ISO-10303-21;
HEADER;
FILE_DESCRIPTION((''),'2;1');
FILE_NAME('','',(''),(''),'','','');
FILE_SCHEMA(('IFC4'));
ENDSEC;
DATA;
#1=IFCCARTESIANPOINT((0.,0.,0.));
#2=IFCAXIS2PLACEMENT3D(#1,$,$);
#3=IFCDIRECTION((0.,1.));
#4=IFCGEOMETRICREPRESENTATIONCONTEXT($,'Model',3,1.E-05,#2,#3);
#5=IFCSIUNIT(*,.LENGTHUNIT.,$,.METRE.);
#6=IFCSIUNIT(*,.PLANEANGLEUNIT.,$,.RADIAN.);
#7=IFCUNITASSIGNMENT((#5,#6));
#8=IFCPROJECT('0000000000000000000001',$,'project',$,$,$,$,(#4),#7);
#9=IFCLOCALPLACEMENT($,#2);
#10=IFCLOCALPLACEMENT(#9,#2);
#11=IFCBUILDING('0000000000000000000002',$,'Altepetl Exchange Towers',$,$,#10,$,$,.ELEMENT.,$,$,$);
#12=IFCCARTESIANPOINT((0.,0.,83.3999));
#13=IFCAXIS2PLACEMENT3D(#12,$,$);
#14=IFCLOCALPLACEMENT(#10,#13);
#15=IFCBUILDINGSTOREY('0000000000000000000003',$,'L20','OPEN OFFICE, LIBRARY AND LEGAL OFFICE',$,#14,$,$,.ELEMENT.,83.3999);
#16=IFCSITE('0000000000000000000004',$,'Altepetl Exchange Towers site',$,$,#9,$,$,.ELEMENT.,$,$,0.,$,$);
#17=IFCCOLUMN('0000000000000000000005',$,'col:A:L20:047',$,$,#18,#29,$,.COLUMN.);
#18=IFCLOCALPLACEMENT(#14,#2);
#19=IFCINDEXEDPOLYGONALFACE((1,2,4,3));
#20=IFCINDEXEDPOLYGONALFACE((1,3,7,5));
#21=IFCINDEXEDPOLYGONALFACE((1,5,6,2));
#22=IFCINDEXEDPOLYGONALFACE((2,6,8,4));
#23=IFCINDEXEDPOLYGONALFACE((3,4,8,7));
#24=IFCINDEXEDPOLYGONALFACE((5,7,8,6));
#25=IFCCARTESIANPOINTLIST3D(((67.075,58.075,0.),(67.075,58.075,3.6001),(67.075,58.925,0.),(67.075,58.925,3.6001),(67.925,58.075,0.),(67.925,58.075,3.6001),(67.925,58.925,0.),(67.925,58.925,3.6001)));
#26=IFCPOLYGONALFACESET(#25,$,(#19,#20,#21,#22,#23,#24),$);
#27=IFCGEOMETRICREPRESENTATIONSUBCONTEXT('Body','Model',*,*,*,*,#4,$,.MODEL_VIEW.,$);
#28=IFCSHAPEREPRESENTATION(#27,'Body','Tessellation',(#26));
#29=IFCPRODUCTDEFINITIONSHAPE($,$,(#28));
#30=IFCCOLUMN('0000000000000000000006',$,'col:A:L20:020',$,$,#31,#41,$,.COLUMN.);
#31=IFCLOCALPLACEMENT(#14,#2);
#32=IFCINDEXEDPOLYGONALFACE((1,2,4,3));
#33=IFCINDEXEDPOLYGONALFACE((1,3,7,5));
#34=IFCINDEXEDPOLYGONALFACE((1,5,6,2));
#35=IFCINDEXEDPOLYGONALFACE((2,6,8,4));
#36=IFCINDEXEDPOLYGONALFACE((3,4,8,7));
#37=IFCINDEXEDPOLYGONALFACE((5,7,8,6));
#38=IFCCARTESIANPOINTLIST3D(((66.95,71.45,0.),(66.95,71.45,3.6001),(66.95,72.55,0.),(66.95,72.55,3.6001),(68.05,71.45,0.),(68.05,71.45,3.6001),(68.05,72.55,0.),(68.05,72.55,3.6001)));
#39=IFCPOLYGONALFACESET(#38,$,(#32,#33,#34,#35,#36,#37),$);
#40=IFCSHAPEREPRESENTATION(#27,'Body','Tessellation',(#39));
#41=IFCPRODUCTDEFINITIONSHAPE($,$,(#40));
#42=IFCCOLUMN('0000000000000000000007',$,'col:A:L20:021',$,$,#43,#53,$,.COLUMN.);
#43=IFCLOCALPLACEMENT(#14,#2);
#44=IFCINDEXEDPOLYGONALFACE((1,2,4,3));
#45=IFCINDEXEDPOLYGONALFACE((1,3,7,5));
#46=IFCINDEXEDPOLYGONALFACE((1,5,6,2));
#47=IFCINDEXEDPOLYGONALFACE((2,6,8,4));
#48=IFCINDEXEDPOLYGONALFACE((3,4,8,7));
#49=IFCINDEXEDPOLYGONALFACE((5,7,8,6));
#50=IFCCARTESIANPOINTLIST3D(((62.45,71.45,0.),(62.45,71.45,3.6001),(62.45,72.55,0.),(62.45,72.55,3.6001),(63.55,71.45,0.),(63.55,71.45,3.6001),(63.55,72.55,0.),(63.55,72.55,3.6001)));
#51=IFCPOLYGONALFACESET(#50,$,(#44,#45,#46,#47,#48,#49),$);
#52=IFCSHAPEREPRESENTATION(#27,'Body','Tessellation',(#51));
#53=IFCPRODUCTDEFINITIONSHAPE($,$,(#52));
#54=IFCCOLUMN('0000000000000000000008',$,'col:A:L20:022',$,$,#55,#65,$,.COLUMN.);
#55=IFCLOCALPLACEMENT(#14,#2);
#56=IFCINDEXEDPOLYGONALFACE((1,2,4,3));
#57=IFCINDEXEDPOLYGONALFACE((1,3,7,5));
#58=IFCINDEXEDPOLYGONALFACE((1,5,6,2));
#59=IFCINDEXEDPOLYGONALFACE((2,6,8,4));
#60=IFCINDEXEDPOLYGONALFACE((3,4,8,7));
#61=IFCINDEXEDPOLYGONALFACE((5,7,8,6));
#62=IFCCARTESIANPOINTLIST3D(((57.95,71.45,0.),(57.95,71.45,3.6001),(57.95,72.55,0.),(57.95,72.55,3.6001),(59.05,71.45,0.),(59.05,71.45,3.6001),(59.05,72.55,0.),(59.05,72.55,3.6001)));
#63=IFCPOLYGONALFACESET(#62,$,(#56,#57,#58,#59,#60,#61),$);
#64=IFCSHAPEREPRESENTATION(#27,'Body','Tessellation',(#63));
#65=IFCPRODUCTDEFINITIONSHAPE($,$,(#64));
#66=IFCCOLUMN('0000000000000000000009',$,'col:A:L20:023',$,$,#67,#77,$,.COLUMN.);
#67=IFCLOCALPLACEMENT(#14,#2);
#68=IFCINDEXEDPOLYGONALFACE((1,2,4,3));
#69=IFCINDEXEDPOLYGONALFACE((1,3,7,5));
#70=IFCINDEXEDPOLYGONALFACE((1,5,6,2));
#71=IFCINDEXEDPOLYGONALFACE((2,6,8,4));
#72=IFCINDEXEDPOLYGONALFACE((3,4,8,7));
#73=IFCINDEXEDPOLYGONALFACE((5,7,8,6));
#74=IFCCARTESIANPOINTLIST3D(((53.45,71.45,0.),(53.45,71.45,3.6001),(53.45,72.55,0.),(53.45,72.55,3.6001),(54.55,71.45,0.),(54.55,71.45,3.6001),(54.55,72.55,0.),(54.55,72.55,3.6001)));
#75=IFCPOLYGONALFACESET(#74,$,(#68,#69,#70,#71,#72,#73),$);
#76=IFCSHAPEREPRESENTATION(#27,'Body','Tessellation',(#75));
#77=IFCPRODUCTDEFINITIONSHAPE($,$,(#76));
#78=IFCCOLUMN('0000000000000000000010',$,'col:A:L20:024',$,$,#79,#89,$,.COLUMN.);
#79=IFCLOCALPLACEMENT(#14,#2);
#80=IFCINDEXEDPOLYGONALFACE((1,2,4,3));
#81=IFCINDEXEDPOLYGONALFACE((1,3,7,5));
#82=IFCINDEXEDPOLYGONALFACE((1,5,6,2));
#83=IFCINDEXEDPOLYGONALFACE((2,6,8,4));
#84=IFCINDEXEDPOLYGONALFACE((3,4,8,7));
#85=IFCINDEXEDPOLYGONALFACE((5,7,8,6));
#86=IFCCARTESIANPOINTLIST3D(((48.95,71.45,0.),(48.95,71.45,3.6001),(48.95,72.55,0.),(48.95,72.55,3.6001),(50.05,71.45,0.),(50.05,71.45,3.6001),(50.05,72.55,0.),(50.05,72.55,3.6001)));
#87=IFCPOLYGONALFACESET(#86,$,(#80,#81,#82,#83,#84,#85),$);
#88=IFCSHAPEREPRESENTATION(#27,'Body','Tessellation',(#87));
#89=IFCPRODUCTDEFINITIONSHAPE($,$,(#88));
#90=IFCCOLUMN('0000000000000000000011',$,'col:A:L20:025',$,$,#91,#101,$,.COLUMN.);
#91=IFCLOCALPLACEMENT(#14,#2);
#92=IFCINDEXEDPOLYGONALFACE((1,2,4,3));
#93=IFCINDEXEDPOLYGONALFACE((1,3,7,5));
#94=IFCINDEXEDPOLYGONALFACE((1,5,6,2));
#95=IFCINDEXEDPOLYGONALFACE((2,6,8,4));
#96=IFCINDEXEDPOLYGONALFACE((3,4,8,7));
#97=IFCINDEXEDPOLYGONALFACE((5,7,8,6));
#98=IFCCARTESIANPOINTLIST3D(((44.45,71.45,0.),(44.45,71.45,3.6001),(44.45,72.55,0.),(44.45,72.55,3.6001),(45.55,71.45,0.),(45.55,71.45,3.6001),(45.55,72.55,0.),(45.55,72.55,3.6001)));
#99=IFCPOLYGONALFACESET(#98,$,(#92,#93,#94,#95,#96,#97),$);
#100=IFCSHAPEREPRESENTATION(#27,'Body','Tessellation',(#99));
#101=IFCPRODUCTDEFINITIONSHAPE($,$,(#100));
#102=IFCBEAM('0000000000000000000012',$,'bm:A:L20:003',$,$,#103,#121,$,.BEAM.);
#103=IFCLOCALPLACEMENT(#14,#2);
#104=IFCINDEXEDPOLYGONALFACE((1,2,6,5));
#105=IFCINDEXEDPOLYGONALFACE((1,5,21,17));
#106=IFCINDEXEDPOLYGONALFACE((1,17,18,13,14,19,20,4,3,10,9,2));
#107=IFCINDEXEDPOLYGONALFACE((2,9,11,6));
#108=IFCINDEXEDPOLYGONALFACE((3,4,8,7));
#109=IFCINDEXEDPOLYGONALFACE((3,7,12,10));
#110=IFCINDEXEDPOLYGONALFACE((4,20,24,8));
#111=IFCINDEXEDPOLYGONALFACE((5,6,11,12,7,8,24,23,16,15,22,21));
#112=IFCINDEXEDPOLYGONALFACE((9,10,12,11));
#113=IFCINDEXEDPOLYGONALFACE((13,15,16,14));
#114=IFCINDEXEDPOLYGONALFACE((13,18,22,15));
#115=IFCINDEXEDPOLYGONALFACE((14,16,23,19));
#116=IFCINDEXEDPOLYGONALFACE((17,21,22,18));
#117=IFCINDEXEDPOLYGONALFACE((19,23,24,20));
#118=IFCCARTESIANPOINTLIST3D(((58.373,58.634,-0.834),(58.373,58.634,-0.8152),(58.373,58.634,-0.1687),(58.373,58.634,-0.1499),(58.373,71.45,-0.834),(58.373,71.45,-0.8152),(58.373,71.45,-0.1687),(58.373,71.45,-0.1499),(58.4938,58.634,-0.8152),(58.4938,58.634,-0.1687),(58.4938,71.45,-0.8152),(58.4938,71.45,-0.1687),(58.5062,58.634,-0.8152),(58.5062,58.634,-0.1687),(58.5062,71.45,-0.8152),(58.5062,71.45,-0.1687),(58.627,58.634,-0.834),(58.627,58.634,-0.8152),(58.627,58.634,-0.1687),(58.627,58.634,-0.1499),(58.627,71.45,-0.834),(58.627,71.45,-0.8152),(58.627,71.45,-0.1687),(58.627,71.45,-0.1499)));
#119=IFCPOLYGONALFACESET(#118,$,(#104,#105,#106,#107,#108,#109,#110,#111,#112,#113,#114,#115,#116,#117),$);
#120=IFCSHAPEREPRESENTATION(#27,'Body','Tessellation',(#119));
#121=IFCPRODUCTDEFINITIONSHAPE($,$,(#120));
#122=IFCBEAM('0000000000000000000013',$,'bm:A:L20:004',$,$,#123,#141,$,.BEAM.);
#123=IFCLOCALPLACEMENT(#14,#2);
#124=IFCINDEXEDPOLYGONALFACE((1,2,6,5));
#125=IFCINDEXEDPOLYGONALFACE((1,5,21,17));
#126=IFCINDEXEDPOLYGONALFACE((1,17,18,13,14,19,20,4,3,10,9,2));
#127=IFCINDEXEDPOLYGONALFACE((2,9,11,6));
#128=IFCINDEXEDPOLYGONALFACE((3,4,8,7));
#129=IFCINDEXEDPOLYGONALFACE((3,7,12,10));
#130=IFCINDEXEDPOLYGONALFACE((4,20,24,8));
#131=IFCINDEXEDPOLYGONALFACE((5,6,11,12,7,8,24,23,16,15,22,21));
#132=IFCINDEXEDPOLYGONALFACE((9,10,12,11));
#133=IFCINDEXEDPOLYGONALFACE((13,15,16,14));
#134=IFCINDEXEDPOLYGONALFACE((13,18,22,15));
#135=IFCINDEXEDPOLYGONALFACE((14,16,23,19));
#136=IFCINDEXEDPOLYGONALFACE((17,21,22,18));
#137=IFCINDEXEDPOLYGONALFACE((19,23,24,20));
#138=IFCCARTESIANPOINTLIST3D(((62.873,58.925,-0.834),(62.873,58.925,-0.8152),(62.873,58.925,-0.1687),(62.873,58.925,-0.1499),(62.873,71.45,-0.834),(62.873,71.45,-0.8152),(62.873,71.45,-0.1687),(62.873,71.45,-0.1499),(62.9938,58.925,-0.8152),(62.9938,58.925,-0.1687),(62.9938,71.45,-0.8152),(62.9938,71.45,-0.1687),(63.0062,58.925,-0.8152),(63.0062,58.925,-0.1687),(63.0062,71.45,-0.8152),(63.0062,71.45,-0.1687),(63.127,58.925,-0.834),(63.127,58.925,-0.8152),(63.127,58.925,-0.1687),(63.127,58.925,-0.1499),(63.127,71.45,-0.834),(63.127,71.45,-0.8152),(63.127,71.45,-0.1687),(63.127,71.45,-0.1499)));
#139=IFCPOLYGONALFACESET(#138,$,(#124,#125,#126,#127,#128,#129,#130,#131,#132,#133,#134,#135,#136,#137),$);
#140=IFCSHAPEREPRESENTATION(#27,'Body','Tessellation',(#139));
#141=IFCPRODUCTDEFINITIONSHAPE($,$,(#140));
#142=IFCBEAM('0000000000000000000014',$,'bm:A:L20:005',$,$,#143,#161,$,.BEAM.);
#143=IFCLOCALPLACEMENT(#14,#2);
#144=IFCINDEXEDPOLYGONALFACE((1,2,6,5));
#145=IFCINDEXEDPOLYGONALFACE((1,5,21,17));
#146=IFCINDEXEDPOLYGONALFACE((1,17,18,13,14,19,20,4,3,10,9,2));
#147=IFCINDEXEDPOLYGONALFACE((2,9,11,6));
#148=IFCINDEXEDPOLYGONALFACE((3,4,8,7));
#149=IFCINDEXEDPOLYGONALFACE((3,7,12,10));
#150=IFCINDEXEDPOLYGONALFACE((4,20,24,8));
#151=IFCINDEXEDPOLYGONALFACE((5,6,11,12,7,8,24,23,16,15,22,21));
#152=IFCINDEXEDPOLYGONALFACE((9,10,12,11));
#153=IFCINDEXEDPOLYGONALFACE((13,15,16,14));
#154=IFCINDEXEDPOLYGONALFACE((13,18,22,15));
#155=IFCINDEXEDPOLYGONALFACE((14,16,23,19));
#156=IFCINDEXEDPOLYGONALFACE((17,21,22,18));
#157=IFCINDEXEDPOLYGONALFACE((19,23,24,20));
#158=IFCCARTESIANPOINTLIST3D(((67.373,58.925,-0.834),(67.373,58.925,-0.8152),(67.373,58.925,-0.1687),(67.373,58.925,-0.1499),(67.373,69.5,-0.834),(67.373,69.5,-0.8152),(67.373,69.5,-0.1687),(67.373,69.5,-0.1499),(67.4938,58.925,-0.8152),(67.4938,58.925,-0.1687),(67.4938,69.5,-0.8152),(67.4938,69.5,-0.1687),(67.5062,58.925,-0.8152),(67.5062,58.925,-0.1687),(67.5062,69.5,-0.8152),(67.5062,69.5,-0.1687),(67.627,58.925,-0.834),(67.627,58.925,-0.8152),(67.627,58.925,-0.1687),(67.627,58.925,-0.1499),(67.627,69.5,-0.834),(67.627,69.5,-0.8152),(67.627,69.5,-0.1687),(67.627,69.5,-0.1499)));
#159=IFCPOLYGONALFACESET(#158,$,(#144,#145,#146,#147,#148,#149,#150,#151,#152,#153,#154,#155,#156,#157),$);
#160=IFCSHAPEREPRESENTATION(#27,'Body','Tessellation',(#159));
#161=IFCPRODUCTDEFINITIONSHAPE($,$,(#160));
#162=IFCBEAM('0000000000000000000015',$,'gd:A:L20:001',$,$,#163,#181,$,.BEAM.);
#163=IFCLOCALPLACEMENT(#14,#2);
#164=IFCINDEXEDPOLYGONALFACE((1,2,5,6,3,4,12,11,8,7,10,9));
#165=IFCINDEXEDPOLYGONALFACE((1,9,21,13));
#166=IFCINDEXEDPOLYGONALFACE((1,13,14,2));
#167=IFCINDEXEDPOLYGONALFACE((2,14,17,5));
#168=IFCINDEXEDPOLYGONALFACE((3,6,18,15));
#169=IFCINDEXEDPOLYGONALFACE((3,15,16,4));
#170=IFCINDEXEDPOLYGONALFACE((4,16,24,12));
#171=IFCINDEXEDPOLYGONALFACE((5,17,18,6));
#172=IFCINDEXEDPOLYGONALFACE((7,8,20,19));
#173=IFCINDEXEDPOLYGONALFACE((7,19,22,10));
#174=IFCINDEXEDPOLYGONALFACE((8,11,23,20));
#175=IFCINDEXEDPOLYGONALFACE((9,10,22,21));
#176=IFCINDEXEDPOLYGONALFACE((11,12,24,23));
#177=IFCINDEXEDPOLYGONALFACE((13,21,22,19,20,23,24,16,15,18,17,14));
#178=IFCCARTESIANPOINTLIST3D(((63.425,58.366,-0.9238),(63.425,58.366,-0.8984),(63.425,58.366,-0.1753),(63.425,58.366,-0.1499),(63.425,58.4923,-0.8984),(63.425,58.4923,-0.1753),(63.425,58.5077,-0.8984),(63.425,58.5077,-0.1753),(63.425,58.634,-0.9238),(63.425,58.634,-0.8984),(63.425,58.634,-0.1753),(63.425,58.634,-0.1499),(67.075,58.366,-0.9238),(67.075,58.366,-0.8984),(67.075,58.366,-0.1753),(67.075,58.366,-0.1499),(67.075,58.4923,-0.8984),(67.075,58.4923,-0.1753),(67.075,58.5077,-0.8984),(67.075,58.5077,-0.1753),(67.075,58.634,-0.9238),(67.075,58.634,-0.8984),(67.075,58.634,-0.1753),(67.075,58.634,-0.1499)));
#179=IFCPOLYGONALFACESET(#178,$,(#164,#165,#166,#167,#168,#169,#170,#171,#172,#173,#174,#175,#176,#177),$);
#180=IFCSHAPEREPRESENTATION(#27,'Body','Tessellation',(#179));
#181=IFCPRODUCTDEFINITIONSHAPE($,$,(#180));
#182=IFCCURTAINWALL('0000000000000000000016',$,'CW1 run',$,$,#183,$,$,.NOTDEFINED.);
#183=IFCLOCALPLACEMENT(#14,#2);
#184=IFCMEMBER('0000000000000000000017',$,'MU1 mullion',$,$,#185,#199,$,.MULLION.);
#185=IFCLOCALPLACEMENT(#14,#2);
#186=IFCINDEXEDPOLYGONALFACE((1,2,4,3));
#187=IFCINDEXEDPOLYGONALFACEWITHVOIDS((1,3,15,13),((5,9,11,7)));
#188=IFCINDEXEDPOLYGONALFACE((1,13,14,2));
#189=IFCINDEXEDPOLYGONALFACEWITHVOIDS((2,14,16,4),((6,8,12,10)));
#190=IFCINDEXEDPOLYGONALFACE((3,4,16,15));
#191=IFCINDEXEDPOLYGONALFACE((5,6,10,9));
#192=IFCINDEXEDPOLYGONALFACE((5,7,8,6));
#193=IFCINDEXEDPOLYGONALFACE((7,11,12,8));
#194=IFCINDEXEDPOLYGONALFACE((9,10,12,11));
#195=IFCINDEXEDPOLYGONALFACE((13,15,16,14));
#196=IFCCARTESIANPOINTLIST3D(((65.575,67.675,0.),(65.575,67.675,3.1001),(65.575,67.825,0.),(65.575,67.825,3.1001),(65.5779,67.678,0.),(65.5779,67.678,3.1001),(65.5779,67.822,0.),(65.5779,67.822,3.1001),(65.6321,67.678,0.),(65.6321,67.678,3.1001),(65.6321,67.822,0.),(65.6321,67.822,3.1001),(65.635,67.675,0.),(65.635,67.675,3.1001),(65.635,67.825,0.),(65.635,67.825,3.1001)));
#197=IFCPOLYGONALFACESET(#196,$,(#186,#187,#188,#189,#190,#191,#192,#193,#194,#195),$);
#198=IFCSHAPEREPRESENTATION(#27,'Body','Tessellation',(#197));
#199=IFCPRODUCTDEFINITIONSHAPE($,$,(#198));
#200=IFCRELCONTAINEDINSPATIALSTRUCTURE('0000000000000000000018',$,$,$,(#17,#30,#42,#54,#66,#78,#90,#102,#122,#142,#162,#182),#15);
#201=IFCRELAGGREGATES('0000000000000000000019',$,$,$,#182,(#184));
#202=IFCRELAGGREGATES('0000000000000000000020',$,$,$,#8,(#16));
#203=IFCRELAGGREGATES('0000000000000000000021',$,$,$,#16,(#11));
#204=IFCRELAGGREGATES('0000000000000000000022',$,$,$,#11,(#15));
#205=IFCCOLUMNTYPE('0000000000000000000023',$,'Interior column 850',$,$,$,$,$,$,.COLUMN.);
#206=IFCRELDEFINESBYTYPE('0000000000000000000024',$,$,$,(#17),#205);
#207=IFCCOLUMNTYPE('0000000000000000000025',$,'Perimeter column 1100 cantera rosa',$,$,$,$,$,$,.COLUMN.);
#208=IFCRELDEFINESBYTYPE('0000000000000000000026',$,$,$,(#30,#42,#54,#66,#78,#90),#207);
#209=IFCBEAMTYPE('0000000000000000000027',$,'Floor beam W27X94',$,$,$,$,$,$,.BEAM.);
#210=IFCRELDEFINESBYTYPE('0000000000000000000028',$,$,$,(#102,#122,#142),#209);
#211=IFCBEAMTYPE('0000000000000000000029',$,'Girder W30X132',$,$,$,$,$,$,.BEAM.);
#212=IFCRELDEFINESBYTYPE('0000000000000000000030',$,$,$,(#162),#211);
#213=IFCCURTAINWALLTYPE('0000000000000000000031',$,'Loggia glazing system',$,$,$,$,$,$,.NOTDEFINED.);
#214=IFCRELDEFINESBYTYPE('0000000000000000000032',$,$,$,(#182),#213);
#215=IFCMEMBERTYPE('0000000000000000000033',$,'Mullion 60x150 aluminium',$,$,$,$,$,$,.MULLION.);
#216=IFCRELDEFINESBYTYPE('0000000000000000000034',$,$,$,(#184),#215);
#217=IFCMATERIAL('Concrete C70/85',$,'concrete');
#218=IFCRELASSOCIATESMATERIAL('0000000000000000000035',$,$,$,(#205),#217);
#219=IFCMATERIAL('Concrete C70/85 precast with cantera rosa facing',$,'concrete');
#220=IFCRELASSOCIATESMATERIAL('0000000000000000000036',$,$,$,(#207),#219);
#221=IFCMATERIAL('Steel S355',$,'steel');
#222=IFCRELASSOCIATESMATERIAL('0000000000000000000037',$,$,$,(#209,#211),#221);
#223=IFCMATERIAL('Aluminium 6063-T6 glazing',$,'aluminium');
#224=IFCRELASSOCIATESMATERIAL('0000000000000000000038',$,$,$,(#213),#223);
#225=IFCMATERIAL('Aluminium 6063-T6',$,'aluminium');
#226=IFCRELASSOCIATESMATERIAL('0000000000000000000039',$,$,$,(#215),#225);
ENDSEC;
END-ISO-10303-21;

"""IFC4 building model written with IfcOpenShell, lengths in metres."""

from ifc_helpers import new_model, si_unit, direction, frame, origin, origin_2d, place, context, subcontext, project, spatial, rectangle, hollow_rectangle, i_section, extrude, material, material_profile, profile_set, type_object, element, aggregate, save


model = new_model("IFC4")

# Units and contexts
model_context = context("Model", 3, precision=1e-05, world=origin(), true_north=direction((0.0, 1.0)))
body_context = subcontext(model_context, "Body", "Model", "MODEL_VIEW")
ifc_project = project(units=[si_unit("LENGTHUNIT", "METRE"), si_unit("PLANEANGLEUNIT", "RADIAN")], contexts=[model_context])

# Site, building, storey
site_placement = place(None, origin())
site = spatial("IfcSite", under=ifc_project, at=site_placement, Name="Altepetl Exchange Towers site", CompositionType="ELEMENT", RefElevation=0.0)
building_placement = place(site_placement, origin())
building = spatial("IfcBuilding", under=site, at=building_placement, Name="Altepetl Exchange Towers", CompositionType="ELEMENT")
storey_placement = place(building_placement, frame((0.0, 0.0, 83.3999)))
storey = spatial("IfcBuildingStorey", under=building, at=storey_placement, Name="L20", Description="OPEN OFFICE, LIBRARY AND LEGAL OFFICE", CompositionType="ELEMENT", Elevation=83.3999)

# Columns
ifc_material_1 = material(Name="Concrete C70/85", Category="concrete")
ifc_material_profile_1 = material_profile(ifc_material_1, rectangle(XDim=0.8501, YDim=0.8501, at=origin_2d()), Name="850 x 850")
ifc_profile_set_1 = profile_set([ifc_material_profile_1], Name="Concrete C70/85")
column_type_1 = type_object("IfcColumnType", Name="Interior column 850", PredefinedType="COLUMN", material=ifc_profile_set_1)
column_placement = place(storey_placement, frame((67.5, 58.5, 0.0)))
element("IfcColumn", 1, at=column_placement, inside=storey, type_object=column_type_1, Name="col:A:L20:047", PredefinedType="COLUMN", context=body_context, shape_type="SweptSolid", body=[
    extrude(rectangle(XDim=0.8501, YDim=0.8501, at=origin_2d()), origin(), (0.0, 0.0, 1.0), 3.6001),
])
ifc_material_2 = material(Name="Concrete C70/85 precast with cantera rosa facing", Category="concrete")
ifc_material_profile_2 = material_profile(ifc_material_2, rectangle(XDim=1.1001, YDim=1.1001, at=origin_2d()), Name="1100 x 1100")
ifc_profile_set_2 = profile_set([ifc_material_profile_2], Name="Concrete C70/85 precast with cantera rosa facing")
column_type_2 = type_object("IfcColumnType", Name="Perimeter column 1100 cantera rosa", PredefinedType="COLUMN", material=ifc_profile_set_2)
for number, where, name in (
    (2, (67.5, 72.0, 0.0), "col:A:L20:020"),
    (3, (63.0, 72.0, 0.0), "col:A:L20:021"),
    (4, (58.5, 72.0, 0.0), "col:A:L20:022"),
    (5, (54.0, 72.0, 0.0), "col:A:L20:023"),
    (6, (49.5, 72.0, 0.0), "col:A:L20:024"),
    (7, (45.0, 72.0, 0.0), "col:A:L20:025"),
):
    element("IfcColumn", number, at=place(storey_placement, frame(where)), inside=storey, type_object=column_type_2, Name=name, PredefinedType="COLUMN", context=body_context, shape_type="SweptSolid", body=[
        extrude(rectangle(XDim=1.1001, YDim=1.1001, at=origin_2d()), origin(), (0.0, 0.0, 1.0), 3.6001),
    ])

# Beams
ifc_material_3 = material(Name="Steel S355", Category="steel")
ifc_material_profile_3 = material_profile(ifc_material_3, i_section(OverallWidth=0.2539, OverallDepth=0.6841, WebThickness=0.0125, FlangeThickness=0.0188, at=origin_2d()), Name="W27X94")
ifc_profile_set_3 = profile_set([ifc_material_profile_3], Name="Steel S355")
beam_type_1 = type_object("IfcBeamType", Name="Floor beam W27X94", PredefinedType="BEAM", material=ifc_profile_set_3)
beam_1_placement = place(storey_placement, frame((58.5, 58.634, -0.4919), z_axis=(0.0, 1.0, 0.0), x_axis=(-1.0, 0.0, 0.0)))
element("IfcBeam", 8, at=beam_1_placement, inside=storey, type_object=beam_type_1, Name="bm:A:L20:003", PredefinedType="BEAM", context=body_context, shape_type="SweptSolid", body=[
    extrude(i_section(OverallWidth=0.2539, OverallDepth=0.6841, WebThickness=0.0125, FlangeThickness=0.0188, at=origin_2d()), origin(), (0.0, 0.0, 1.0), 12.8159),
])
beam_2_placement = place(storey_placement, frame((63.0, 58.925, -0.4919), z_axis=(0.0, 1.0, 0.0), x_axis=(-1.0, 0.0, 0.0)))
element("IfcBeam", 9, at=beam_2_placement, inside=storey, type_object=beam_type_1, Name="bm:A:L20:004", PredefinedType="BEAM", context=body_context, shape_type="SweptSolid", body=[
    extrude(i_section(OverallWidth=0.2539, OverallDepth=0.6841, WebThickness=0.0125, FlangeThickness=0.0188, at=origin_2d()), origin(), (0.0, 0.0, 1.0), 12.5249),
])
beam_3_placement = place(storey_placement, frame((67.5, 58.925, -0.4919), z_axis=(0.0, 1.0, 0.0), x_axis=(-1.0, 0.0, 0.0)))
element("IfcBeam", 10, at=beam_3_placement, inside=storey, type_object=beam_type_1, Name="bm:A:L20:005", PredefinedType="BEAM", context=body_context, shape_type="SweptSolid", body=[
    extrude(i_section(OverallWidth=0.2539, OverallDepth=0.6841, WebThickness=0.0125, FlangeThickness=0.0188, at=origin_2d()), origin(), (0.0, 0.0, 1.0), 10.575),
])
ifc_material_profile_4 = material_profile(ifc_material_3, i_section(OverallWidth=0.2681, OverallDepth=0.7739, WebThickness=0.0154, FlangeThickness=0.0254, at=origin_2d()), Name="W30X132")
ifc_profile_set_4 = profile_set([ifc_material_profile_4], Name="Steel S355")
beam_type_2 = type_object("IfcBeamType", Name="Girder W30X132", PredefinedType="BEAM", material=ifc_profile_set_4)
beam_4_placement = place(storey_placement, frame((63.425, 58.5, -0.5369), z_axis=(1.0, 0.0, 0.0), x_axis=(0.0, 1.0, 0.0)))
element("IfcBeam", 11, at=beam_4_placement, inside=storey, type_object=beam_type_2, Name="gd:A:L20:001", PredefinedType="BEAM", context=body_context, shape_type="SweptSolid", body=[
    extrude(i_section(OverallWidth=0.2681, OverallDepth=0.7739, WebThickness=0.0154, FlangeThickness=0.0254, at=origin_2d()), origin(), (0.0, 0.0, 1.0), 3.6499),
])

# Curtain wall, member
ifc_material_4 = material(Name="Aluminium 6063-T6 glazing", Category="aluminium")
curtain_wall_type = type_object("IfcCurtainWallType", Name="Loggia glazing system", PredefinedType="NOTDEFINED", material=ifc_material_4)
curtain_wall_1_placement = place(storey_placement, origin())
curtain_wall_1 = element("IfcCurtainWall", 12, at=curtain_wall_1_placement, inside=storey, type_object=curtain_wall_type, Name="CW1 run", PredefinedType="NOTDEFINED")
ifc_material_5 = material(Name="Aluminium 6063-T6", Category="aluminium")
ifc_material_profile_5 = material_profile(ifc_material_5, hollow_rectangle(XDim=0.0601, YDim=0.1499, WallThickness=0.0029, at=origin_2d()), Name="Mullion 60x150 aluminium")
ifc_profile_set_5 = profile_set([ifc_material_profile_5], Name="Aluminium 6063-T6")
member_type = type_object("IfcMemberType", Name="Mullion 60x150 aluminium", PredefinedType="MULLION", material=ifc_profile_set_5)
member_1_placement = place(storey_placement, frame((65.605, 67.75, 0.0), z_axis=(0.0, 0.0, 1.0), x_axis=(-1.0, 0.0, 0.0)))
member_1 = element("IfcMember", 13, at=member_1_placement, type_object=member_type, Name="MU1 mullion", PredefinedType="MULLION", context=body_context, shape_type="SweptSolid", body=[
    extrude(hollow_rectangle(XDim=0.0601, YDim=0.1499, WallThickness=0.0029, at=origin_2d()), origin(), (0.0, 0.0, 1.0), 3.1001),
])

aggregate(curtain_wall_1, [member_1])

save(model, "model.ifc")
